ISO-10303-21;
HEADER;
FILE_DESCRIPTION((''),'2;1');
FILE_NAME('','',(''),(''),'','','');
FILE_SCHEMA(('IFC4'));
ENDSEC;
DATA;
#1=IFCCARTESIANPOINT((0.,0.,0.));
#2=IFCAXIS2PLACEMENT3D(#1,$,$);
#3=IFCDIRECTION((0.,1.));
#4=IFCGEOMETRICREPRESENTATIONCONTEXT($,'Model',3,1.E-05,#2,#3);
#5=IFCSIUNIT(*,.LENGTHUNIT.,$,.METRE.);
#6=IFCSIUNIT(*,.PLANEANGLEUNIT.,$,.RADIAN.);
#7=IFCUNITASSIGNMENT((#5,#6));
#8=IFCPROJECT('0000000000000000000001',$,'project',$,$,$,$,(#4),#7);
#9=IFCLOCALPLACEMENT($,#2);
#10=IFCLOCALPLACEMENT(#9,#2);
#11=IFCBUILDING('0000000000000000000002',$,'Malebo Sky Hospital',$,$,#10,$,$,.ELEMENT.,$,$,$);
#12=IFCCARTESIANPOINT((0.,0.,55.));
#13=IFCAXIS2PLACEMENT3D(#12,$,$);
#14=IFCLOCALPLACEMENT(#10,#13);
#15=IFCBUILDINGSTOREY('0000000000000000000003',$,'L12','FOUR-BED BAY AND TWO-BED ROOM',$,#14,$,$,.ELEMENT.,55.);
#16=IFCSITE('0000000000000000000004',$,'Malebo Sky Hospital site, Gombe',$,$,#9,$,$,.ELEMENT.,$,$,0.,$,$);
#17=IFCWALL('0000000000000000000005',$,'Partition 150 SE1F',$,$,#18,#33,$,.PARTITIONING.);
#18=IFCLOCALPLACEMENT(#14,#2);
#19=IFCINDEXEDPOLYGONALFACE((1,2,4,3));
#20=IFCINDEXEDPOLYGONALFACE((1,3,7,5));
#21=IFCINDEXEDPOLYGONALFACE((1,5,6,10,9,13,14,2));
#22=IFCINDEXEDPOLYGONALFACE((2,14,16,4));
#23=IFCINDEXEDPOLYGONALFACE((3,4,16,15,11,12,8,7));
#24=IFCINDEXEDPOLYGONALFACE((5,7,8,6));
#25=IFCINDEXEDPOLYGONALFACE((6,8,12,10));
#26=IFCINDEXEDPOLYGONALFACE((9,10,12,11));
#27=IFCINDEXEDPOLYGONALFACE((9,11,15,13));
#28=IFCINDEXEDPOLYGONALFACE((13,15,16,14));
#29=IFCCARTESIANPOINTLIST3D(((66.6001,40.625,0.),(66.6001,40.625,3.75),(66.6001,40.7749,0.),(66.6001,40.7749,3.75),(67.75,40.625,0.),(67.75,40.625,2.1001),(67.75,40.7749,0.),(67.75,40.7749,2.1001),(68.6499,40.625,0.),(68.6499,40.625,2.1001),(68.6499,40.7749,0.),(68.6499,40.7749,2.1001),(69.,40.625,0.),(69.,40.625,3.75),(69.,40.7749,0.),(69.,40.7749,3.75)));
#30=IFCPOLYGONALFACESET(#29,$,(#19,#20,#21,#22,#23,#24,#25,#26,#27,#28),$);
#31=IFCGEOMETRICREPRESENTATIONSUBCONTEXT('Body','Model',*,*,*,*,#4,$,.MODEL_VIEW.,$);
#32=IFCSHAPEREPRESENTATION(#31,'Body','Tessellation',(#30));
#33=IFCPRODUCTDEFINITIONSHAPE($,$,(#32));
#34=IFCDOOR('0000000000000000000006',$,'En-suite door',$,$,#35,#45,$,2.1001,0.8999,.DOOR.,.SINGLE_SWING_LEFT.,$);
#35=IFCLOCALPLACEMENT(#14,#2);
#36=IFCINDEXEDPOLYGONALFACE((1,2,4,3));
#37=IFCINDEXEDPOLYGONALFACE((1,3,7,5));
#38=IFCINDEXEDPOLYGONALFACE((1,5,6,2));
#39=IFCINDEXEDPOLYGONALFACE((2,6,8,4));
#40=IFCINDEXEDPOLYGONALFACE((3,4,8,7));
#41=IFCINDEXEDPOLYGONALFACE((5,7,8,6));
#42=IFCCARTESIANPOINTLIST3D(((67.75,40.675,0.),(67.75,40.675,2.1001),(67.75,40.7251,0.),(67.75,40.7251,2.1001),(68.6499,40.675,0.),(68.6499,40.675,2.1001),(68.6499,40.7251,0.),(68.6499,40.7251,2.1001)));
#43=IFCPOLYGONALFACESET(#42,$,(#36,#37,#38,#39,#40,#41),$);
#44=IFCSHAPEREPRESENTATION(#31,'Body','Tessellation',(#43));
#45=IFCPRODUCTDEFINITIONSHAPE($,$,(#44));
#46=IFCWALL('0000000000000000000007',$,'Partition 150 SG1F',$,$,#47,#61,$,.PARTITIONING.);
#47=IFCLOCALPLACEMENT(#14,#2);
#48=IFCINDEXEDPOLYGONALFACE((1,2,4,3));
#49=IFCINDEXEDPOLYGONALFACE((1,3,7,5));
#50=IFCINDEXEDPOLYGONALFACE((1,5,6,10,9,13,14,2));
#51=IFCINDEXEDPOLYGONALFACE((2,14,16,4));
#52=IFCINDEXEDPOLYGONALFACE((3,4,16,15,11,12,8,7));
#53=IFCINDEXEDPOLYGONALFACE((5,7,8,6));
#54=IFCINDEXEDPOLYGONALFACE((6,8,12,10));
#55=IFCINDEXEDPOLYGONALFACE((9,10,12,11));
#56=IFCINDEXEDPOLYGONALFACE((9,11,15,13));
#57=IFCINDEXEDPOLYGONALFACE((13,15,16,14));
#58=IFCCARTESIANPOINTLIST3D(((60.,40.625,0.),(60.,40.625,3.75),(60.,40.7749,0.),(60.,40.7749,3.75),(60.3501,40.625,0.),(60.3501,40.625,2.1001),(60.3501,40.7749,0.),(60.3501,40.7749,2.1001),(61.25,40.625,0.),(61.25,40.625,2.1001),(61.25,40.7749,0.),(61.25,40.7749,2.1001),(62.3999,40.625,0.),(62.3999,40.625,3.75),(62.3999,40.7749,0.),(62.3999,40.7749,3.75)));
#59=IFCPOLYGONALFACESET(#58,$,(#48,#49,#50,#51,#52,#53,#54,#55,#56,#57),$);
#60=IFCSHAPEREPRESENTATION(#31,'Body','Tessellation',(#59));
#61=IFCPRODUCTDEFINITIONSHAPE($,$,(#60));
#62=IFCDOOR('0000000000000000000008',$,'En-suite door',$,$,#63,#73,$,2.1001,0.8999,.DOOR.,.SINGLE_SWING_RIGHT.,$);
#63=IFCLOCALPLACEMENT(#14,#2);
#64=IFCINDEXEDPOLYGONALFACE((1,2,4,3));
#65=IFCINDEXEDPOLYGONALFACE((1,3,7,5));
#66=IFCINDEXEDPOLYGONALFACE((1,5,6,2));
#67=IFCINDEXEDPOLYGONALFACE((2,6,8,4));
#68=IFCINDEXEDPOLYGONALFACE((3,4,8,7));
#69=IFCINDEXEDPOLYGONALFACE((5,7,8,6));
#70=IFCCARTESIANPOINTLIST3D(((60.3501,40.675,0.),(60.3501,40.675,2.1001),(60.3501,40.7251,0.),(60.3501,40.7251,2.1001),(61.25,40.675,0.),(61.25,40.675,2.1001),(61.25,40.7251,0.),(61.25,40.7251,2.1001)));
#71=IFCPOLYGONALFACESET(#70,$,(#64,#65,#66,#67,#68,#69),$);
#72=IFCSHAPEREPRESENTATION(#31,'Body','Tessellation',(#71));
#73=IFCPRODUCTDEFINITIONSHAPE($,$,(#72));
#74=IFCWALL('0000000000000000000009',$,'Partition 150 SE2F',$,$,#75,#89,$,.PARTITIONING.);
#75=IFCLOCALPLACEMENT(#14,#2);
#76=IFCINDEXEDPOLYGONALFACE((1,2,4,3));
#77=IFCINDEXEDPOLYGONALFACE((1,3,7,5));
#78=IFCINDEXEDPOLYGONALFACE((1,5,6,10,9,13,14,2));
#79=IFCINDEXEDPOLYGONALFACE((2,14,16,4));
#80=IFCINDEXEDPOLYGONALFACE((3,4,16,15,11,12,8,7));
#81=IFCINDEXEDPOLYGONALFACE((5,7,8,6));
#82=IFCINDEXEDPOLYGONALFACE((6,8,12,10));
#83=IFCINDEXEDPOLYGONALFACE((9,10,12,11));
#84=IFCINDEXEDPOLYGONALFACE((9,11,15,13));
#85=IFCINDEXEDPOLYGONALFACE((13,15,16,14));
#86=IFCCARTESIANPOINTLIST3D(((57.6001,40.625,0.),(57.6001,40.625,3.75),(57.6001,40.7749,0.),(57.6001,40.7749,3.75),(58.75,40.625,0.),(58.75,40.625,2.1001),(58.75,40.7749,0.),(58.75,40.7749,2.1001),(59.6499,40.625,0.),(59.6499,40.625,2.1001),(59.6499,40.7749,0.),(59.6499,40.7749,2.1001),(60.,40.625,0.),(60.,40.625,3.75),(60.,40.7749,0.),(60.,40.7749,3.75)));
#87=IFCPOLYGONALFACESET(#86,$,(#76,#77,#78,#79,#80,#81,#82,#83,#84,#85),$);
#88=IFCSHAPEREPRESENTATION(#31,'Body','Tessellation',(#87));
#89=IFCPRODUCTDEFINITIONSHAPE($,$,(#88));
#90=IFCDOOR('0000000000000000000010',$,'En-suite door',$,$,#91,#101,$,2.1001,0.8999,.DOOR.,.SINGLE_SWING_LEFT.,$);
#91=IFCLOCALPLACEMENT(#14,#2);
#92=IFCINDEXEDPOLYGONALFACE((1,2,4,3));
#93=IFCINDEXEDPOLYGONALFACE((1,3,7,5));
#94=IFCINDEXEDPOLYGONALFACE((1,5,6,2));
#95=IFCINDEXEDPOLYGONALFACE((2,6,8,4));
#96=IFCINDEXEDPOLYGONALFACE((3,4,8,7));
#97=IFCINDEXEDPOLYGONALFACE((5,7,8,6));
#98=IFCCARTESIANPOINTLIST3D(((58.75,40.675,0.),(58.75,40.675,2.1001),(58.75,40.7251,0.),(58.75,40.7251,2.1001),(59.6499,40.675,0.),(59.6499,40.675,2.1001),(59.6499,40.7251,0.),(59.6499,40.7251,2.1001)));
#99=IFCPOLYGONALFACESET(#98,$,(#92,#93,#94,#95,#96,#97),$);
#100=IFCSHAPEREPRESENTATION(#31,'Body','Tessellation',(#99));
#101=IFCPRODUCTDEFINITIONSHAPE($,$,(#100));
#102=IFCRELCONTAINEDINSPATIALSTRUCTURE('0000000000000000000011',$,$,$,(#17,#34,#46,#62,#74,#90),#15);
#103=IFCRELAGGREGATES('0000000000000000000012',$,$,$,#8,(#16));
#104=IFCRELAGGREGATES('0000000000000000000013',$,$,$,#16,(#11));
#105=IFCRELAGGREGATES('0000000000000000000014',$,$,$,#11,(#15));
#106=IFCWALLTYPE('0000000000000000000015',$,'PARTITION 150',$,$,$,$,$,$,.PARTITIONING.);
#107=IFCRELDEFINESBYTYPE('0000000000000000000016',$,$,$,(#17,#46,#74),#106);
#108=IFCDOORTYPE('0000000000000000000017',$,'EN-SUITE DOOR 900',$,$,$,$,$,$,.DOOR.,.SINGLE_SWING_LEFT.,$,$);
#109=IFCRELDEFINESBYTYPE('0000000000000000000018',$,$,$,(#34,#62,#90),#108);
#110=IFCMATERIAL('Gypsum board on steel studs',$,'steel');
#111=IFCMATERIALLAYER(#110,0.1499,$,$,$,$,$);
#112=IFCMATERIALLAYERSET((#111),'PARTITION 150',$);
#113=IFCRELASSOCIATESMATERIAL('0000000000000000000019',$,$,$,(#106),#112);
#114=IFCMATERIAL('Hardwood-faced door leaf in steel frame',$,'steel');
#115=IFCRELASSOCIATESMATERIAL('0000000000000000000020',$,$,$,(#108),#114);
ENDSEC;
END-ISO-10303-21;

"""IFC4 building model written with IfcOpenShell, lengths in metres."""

from ifc_helpers import new_model, si_unit, direction, frame, frame_2d, origin, place, context, subcontext, project, spatial, rectangle, extrude, material, layer, layer_set, type_object, element, fill, save


model = new_model("IFC4")

# Units and contexts
model_context = context("Model", 3, precision=1e-05, world=origin(), true_north=direction((0.0, 1.0)))
body_context = subcontext(model_context, "Body", "Model", "MODEL_VIEW")
ifc_project = project(units=[si_unit("LENGTHUNIT", "METRE"), si_unit("PLANEANGLEUNIT", "RADIAN")], contexts=[model_context])

# Site, building, storey
site_placement = place(None, origin())
site = spatial("IfcSite", under=ifc_project, at=site_placement, Name="Malebo Sky Hospital site, Gombe", CompositionType="ELEMENT", RefElevation=0.0)
building_placement = place(site_placement, origin())
building = spatial("IfcBuilding", under=site, at=building_placement, Name="Malebo Sky Hospital", CompositionType="ELEMENT")
storey_placement = place(building_placement, frame((0.0, 0.0, 55.0)))
storey = spatial("IfcBuildingStorey", under=building, at=storey_placement, Name="L12", Description="FOUR-BED BAY AND TWO-BED ROOM", CompositionType="ELEMENT", Elevation=55.0)

# Walls, openings, doors
ifc_material_1 = material(Name="Gypsum board on steel studs", Category="steel")
ifc_layer_1 = layer(ifc_material_1, 0.1499)
ifc_layer_set_1 = layer_set([ifc_layer_1], Name="PARTITION 150")
wall_type = type_object("IfcWallType", Name="PARTITION 150", PredefinedType="PARTITIONING", material=ifc_layer_set_1)
ifc_material_2 = material(Name="Hardwood-faced door leaf in steel frame", Category="steel")
door_type = type_object("IfcDoorType", Name="EN-SUITE DOOR 900", OperationType="SINGLE_SWING_LEFT", PredefinedType="DOOR", material=ifc_material_2)
wall_1_placement = place(storey_placement, frame((69.0, 40.7, 0.0), z_axis=(0.0, 0.0, 1.0), x_axis=(-1.0, 0.0, 0.0)))
wall_1 = element("IfcWall", 1, at=wall_1_placement, inside=storey, type_object=wall_type, Name="Partition 150 SE1F", PredefinedType="PARTITIONING", context=body_context, shape_type="SweptSolid", body=[
    extrude(rectangle(XDim=2.3999, YDim=0.1499, at=frame_2d((1.2, 0.0))), origin(), (0.0, 0.0, 1.0), 3.75),
])
opening_1_placement = place(wall_1_placement, frame((0.3501, 0.0, 0.0)))
opening_1 = element("IfcOpeningElement", 2, at=opening_1_placement, cuts=wall_1, PredefinedType="OPENING", context=body_context, shape_type="SweptSolid", body=[
    extrude(rectangle(XDim=0.8999, YDim=2.1001, at=frame_2d((0.45, 1.05))), frame((0.0, 0.085, 0.0), z_axis=(0.0, -1.0, 0.0), x_axis=(1.0, 0.0, 0.0)), (0.0, 0.0, 1.0), 0.1699),
])
door_1_placement = place(opening_1_placement, origin())
door_1 = element("IfcDoor", 3, at=door_1_placement, inside=storey, type_object=door_type, Name="En-suite door", OperationType="SINGLE_SWING_LEFT", OverallHeight=2.1001, OverallWidth=0.8999, PredefinedType="DOOR", context=body_context, shape_type="SweptSolid", body=[
    extrude(rectangle(XDim=0.8999, YDim=2.1001, at=frame_2d((0.45, 1.05))), frame((0.0, 0.0249, 0.0), z_axis=(0.0, -1.0, 0.0), x_axis=(1.0, 0.0, 0.0)), (0.0, 0.0, 1.0), 0.05),
])
fill(opening_1, door_1)
wall_2_placement = place(storey_placement, frame((62.3999, 40.7, 0.0), z_axis=(0.0, 0.0, 1.0), x_axis=(-1.0, 0.0, 0.0)))
wall_2 = element("IfcWall", 4, at=wall_2_placement, inside=storey, type_object=wall_type, Name="Partition 150 SG1F", PredefinedType="PARTITIONING", context=body_context, shape_type="SweptSolid", body=[
    extrude(rectangle(XDim=2.3999, YDim=0.1499, at=frame_2d((1.2, 0.0))), origin(), (0.0, 0.0, 1.0), 3.75),
])
opening_2_placement = place(wall_2_placement, frame((1.1499, 0.0, 0.0)))
opening_2 = element("IfcOpeningElement", 5, at=opening_2_placement, cuts=wall_2, PredefinedType="OPENING", context=body_context, shape_type="SweptSolid", body=[
    extrude(rectangle(XDim=0.8999, YDim=2.1001, at=frame_2d((0.45, 1.05))), frame((0.0, 0.085, 0.0), z_axis=(0.0, -1.0, 0.0), x_axis=(1.0, 0.0, 0.0)), (0.0, 0.0, 1.0), 0.1699),
])
door_2_placement = place(opening_2_placement, origin())
door_2 = element("IfcDoor", 6, at=door_2_placement, inside=storey, type_object=door_type, Name="En-suite door", OperationType="SINGLE_SWING_RIGHT", OverallHeight=2.1001, OverallWidth=0.8999, PredefinedType="DOOR", context=body_context, shape_type="SweptSolid", body=[
    extrude(rectangle(XDim=0.8999, YDim=2.1001, at=frame_2d((0.45, 1.05))), frame((0.0, 0.0249, 0.0), z_axis=(0.0, -1.0, 0.0), x_axis=(1.0, 0.0, 0.0)), (0.0, 0.0, 1.0), 0.05),
])
fill(opening_2, door_2)
wall_3_placement = place(storey_placement, frame((60.0, 40.7, 0.0), z_axis=(0.0, 0.0, 1.0), x_axis=(-1.0, 0.0, 0.0)))
wall_3 = element("IfcWall", 7, at=wall_3_placement, inside=storey, type_object=wall_type, Name="Partition 150 SE2F", PredefinedType="PARTITIONING", context=body_context, shape_type="SweptSolid", body=[
    extrude(rectangle(XDim=2.3999, YDim=0.1499, at=frame_2d((1.2, 0.0))), origin(), (0.0, 0.0, 1.0), 3.75),
])
opening_3_placement = place(wall_3_placement, frame((0.3501, 0.0, 0.0)))
opening_3 = element("IfcOpeningElement", 8, at=opening_3_placement, cuts=wall_3, PredefinedType="OPENING", context=body_context, shape_type="SweptSolid", body=[
    extrude(rectangle(XDim=0.8999, YDim=2.1001, at=frame_2d((0.45, 1.05))), frame((0.0, 0.085, 0.0), z_axis=(0.0, -1.0, 0.0), x_axis=(1.0, 0.0, 0.0)), (0.0, 0.0, 1.0), 0.1699),
])
door_3_placement = place(opening_3_placement, origin())
door_3 = element("IfcDoor", 9, at=door_3_placement, inside=storey, type_object=door_type, Name="En-suite door", OperationType="SINGLE_SWING_LEFT", OverallHeight=2.1001, OverallWidth=0.8999, PredefinedType="DOOR", context=body_context, shape_type="SweptSolid", body=[
    extrude(rectangle(XDim=0.8999, YDim=2.1001, at=frame_2d((0.45, 1.05))), frame((0.0, 0.0249, 0.0), z_axis=(0.0, -1.0, 0.0), x_axis=(1.0, 0.0, 0.0)), (0.0, 0.0, 1.0), 0.05),
])
fill(opening_3, door_3)

save(model, "model.ifc")
